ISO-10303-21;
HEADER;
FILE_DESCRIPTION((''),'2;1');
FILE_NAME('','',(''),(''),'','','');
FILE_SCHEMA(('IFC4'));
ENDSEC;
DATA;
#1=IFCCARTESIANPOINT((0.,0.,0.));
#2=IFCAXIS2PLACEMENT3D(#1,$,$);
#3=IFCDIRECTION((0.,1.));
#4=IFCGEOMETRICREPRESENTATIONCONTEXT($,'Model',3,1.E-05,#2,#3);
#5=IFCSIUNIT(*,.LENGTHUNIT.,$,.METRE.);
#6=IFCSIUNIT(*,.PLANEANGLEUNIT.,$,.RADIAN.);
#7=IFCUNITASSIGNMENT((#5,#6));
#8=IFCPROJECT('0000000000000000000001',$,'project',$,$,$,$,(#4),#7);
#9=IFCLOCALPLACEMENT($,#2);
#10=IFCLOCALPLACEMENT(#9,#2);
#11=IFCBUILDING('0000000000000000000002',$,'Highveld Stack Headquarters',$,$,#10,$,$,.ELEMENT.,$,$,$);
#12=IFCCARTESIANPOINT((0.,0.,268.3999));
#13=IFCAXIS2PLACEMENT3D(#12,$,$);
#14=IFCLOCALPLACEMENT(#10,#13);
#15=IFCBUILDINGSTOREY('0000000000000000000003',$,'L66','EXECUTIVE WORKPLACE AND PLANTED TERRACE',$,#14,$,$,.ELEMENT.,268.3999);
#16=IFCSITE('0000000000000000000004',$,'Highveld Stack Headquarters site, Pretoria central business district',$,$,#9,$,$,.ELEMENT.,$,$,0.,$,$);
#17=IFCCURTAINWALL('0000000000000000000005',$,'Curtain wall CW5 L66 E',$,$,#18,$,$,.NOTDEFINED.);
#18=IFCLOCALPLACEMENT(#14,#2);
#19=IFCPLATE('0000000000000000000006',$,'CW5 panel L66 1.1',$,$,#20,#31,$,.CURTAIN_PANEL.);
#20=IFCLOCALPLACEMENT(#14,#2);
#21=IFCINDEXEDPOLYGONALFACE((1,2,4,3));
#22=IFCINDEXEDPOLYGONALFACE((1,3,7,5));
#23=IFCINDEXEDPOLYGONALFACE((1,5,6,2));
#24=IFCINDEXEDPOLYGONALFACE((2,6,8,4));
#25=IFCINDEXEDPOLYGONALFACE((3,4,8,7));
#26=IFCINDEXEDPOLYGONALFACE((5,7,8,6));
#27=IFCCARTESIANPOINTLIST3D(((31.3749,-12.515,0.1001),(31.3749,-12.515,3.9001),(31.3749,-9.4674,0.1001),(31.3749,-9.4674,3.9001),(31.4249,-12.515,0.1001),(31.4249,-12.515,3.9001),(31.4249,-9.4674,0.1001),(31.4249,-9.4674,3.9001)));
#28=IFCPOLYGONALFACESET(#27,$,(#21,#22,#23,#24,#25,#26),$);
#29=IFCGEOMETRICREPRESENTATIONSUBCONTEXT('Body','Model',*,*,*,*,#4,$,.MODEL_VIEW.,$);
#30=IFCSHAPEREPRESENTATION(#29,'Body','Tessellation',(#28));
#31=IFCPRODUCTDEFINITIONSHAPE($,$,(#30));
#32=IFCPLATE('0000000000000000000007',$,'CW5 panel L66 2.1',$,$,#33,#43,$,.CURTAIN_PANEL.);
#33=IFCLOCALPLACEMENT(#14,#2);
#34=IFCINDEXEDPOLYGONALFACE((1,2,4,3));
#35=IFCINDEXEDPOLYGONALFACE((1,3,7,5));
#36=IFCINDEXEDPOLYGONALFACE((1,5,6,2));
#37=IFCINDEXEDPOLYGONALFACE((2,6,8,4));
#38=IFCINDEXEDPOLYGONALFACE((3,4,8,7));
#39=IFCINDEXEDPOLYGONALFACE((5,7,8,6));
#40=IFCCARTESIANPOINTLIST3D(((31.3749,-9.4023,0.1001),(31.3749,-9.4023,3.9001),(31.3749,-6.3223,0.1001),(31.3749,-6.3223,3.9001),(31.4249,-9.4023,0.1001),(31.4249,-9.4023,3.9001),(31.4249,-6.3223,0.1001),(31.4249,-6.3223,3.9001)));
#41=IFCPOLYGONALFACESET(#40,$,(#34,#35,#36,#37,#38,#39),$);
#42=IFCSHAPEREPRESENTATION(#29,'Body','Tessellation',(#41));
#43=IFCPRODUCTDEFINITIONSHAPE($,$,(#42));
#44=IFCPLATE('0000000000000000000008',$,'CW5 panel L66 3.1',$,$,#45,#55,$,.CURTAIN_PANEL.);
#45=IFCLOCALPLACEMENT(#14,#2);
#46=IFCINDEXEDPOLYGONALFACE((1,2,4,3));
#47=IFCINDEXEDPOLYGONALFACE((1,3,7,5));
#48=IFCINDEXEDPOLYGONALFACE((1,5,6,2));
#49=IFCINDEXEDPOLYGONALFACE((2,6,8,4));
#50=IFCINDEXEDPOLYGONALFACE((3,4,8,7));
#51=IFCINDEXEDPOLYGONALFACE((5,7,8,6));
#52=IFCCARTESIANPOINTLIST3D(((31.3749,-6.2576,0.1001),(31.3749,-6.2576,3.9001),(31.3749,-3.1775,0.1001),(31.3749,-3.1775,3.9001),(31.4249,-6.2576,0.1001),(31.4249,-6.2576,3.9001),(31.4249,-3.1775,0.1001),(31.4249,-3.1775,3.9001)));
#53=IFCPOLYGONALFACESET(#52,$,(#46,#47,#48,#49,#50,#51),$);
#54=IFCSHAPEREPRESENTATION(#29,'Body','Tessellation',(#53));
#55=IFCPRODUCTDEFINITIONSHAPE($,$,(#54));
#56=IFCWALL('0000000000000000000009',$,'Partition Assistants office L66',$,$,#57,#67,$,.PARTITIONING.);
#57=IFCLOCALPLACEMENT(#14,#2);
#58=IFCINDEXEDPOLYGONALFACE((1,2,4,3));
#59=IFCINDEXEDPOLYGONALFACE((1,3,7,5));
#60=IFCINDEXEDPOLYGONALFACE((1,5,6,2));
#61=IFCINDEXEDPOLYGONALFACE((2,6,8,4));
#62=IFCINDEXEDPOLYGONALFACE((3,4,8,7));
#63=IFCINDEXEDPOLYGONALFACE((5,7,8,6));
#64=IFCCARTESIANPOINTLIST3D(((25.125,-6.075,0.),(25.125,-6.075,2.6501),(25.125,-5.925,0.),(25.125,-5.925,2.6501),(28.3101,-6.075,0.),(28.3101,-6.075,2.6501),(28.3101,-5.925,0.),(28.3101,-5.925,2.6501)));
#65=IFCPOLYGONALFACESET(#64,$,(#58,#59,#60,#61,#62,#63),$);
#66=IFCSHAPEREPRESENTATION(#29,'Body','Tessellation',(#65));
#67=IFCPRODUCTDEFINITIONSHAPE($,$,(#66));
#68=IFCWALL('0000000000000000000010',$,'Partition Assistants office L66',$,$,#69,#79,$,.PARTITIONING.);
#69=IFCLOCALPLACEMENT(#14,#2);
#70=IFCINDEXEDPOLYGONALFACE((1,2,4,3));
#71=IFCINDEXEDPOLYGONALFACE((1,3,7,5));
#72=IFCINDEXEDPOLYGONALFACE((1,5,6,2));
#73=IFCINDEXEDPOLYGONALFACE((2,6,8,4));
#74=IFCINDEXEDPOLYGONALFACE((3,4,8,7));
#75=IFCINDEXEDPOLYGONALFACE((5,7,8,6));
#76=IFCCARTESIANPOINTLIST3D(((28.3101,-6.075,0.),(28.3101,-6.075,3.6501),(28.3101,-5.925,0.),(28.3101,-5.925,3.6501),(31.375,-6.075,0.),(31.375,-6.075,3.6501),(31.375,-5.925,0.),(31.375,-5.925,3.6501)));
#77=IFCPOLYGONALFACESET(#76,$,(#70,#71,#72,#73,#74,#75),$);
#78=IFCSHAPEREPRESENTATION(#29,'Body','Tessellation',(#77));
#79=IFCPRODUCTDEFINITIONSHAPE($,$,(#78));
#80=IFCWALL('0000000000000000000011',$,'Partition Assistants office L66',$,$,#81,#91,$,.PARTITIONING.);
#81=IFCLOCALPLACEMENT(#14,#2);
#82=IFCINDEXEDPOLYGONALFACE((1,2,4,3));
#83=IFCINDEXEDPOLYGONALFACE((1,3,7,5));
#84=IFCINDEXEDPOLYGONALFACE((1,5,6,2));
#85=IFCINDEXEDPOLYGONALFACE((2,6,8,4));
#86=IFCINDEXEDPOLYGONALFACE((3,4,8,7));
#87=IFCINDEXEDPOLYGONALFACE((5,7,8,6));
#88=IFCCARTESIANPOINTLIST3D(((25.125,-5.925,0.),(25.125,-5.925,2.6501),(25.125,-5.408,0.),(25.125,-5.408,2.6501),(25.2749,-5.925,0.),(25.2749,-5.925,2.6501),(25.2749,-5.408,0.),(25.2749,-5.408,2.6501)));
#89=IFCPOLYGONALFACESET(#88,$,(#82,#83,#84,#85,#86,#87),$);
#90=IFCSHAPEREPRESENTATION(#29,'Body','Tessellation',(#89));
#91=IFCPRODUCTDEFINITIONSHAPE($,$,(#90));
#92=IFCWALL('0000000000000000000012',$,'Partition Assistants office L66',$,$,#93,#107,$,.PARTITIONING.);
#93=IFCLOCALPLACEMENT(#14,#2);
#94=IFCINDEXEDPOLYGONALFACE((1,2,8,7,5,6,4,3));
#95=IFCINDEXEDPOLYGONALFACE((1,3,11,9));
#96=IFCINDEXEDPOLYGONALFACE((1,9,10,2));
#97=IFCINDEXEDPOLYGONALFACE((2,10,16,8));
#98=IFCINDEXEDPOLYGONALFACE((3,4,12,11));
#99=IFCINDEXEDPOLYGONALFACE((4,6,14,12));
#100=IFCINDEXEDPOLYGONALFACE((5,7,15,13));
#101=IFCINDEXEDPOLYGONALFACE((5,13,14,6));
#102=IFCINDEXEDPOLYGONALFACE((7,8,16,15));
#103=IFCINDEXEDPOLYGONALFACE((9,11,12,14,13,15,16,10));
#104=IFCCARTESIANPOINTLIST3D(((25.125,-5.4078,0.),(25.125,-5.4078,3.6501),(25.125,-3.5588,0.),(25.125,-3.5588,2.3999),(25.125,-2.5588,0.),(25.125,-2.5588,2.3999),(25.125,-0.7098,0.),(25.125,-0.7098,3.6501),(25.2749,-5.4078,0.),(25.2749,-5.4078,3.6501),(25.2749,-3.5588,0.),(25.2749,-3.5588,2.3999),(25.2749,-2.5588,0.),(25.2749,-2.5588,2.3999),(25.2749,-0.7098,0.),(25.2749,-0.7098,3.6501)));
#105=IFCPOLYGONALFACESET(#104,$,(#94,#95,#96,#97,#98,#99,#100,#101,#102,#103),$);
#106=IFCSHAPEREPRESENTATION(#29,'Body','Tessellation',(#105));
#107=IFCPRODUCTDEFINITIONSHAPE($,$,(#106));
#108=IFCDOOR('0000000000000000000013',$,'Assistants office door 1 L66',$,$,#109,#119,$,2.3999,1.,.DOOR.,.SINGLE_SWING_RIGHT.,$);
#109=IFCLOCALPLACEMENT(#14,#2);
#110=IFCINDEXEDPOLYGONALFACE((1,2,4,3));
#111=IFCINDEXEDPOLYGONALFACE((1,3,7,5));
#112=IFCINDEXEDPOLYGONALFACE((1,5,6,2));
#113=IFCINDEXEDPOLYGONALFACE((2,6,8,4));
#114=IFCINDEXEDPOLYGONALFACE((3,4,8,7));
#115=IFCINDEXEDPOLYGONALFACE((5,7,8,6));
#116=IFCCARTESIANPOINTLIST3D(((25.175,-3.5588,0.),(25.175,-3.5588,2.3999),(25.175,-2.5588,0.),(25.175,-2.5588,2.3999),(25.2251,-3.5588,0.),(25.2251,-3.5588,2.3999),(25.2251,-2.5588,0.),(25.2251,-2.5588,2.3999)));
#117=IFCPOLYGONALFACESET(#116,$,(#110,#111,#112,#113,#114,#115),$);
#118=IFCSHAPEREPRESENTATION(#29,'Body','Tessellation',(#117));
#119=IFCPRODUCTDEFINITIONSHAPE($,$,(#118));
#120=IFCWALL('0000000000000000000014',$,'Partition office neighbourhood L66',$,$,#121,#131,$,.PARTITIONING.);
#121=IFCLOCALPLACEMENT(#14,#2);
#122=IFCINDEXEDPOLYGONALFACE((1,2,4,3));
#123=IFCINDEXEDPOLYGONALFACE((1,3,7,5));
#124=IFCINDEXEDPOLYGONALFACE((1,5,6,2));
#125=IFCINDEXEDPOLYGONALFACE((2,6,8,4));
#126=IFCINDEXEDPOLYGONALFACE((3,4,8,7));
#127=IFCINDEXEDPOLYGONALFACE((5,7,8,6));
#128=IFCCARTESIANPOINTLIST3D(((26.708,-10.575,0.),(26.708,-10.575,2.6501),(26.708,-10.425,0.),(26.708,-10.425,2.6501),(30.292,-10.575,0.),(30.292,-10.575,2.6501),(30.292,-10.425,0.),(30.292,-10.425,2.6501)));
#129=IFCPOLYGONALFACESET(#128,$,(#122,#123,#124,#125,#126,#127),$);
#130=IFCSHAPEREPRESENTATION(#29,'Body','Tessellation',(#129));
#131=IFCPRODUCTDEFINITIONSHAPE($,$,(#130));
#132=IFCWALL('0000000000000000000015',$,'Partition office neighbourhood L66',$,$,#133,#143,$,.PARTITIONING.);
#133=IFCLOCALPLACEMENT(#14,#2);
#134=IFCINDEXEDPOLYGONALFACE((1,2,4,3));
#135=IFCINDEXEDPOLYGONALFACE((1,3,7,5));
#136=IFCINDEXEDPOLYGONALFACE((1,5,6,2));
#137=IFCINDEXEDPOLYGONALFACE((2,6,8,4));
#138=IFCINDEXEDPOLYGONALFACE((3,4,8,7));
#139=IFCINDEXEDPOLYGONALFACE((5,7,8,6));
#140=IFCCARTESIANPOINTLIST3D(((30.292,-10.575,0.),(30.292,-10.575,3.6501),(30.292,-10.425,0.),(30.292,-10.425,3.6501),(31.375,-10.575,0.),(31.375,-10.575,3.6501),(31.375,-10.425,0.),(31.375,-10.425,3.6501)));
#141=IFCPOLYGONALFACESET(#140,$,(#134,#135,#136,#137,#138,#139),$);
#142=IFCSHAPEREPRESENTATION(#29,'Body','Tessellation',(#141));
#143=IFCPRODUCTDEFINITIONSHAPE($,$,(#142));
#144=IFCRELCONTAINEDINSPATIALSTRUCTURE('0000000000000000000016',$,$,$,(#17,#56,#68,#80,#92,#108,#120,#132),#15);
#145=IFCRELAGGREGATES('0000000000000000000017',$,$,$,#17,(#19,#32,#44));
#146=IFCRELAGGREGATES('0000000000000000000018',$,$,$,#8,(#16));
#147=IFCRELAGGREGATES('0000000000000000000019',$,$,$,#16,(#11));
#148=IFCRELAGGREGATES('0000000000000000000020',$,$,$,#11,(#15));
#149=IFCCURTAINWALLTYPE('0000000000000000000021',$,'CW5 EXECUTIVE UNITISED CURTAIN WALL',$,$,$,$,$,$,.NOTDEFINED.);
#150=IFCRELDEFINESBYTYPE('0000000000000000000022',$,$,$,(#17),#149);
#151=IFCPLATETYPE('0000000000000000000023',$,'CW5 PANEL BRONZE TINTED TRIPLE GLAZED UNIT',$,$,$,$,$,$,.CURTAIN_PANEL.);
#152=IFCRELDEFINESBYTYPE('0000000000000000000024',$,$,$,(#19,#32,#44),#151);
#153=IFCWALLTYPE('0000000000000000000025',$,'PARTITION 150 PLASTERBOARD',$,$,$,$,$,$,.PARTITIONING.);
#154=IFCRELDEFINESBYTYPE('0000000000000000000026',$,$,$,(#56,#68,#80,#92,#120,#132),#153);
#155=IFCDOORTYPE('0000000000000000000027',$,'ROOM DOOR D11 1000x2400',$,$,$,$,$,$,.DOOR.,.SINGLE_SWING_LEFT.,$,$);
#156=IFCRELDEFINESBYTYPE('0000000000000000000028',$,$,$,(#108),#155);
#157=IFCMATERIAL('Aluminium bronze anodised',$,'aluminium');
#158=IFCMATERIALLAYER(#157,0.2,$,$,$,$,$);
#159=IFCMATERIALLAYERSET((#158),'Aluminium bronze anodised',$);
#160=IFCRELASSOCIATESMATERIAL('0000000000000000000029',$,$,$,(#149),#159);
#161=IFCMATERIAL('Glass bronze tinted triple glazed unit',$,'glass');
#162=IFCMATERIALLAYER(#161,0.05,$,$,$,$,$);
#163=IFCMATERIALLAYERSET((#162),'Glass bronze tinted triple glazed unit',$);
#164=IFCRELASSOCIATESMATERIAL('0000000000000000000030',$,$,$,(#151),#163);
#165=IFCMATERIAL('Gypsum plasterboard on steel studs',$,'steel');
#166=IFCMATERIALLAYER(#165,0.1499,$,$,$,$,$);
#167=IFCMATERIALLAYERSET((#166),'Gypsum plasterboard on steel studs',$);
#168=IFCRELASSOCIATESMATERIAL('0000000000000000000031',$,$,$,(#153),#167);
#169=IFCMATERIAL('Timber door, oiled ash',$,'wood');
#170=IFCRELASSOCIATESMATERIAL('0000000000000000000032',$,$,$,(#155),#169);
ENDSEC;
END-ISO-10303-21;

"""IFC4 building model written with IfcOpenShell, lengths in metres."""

from ifc_helpers import new_model, si_unit, direction, frame, frame_2d, origin, origin_2d, place, context, subcontext, project, spatial, rectangle, extrude, material, layer, layer_set, type_object, element, fill, aggregate, save


model = new_model("IFC4")

# Units and contexts
model_context = context("Model", 3, precision=1e-05, world=origin(), true_north=direction((0.0, 1.0)))
body_context = subcontext(model_context, "Body", "Model", "MODEL_VIEW")
ifc_project = project(units=[si_unit("LENGTHUNIT", "METRE"), si_unit("PLANEANGLEUNIT", "RADIAN")], contexts=[model_context])

# Site, building, storey
site_placement = place(None, origin())
site = spatial("IfcSite", under=ifc_project, at=site_placement, Name="Highveld Stack Headquarters site, Pretoria central business district", CompositionType="ELEMENT", RefElevation=0.0)
building_placement = place(site_placement, origin())
building = spatial("IfcBuilding", under=site, at=building_placement, Name="Highveld Stack Headquarters", CompositionType="ELEMENT")
storey_placement = place(building_placement, frame((0.0, 0.0, 268.3999)))
storey = spatial("IfcBuildingStorey", under=building, at=storey_placement, Name="L66", Description="EXECUTIVE WORKPLACE AND PLANTED TERRACE", CompositionType="ELEMENT", Elevation=268.3999)

# Curtain wall
ifc_material_1 = material(Name="Aluminium bronze anodised", Category="aluminium")
ifc_layer_1 = layer(ifc_material_1, 0.2)
ifc_layer_set_1 = layer_set([ifc_layer_1], Name="Aluminium bronze anodised")
curtain_wall_type = type_object("IfcCurtainWallType", Name="CW5 EXECUTIVE UNITISED CURTAIN WALL", PredefinedType="NOTDEFINED", material=ifc_layer_set_1)
curtain_wall_placement = place(storey_placement, origin())
curtain_wall = element("IfcCurtainWall", 1, at=curtain_wall_placement, inside=storey, type_object=curtain_wall_type, Name="Curtain wall CW5 L66 E", PredefinedType="NOTDEFINED")

# Plates
ifc_material_2 = material(Name="Glass bronze tinted triple glazed unit", Category="glass")
ifc_layer_2 = layer(ifc_material_2, 0.05)
ifc_layer_set_2 = layer_set([ifc_layer_2], Name="Glass bronze tinted triple glazed unit")
plate_type = type_object("IfcPlateType", Name="CW5 PANEL BRONZE TINTED TRIPLE GLAZED UNIT", PredefinedType="CURTAIN_PANEL", material=ifc_layer_set_2)
plate_1_placement = place(storey_placement, frame((31.3999, -10.9912, 0.1001), z_axis=(0.0, 0.0, 1.0), x_axis=(0.0, 1.0, 0.0)))
plate_1 = element("IfcPlate", 2, at=plate_1_placement, type_object=plate_type, Name="CW5 panel L66 1.1", PredefinedType="CURTAIN_PANEL", context=body_context, shape_type="SweptSolid", body=[
    extrude(rectangle(XDim=3.0476, YDim=0.05, at=origin_2d()), origin(), (0.0, 0.0, 1.0), 3.8),
])
plate_2_placement = place(storey_placement, frame((31.3999, -7.8623, 0.1001), z_axis=(0.0, 0.0, 1.0), x_axis=(0.0, 1.0, 0.0)))
plate_2 = element("IfcPlate", 3, at=plate_2_placement, type_object=plate_type, Name="CW5 panel L66 2.1", PredefinedType="CURTAIN_PANEL", context=body_context, shape_type="SweptSolid", body=[
    extrude(rectangle(XDim=3.0801, YDim=0.05, at=origin_2d()), origin(), (0.0, 0.0, 1.0), 3.8),
])
plate_3_placement = place(storey_placement, frame((31.3999, -4.7175, 0.1001), z_axis=(0.0, 0.0, 1.0), x_axis=(0.0, 1.0, 0.0)))
plate_3 = element("IfcPlate", 4, at=plate_3_placement, type_object=plate_type, Name="CW5 panel L66 3.1", PredefinedType="CURTAIN_PANEL", context=body_context, shape_type="SweptSolid", body=[
    extrude(rectangle(XDim=3.0801, YDim=0.05, at=origin_2d()), origin(), (0.0, 0.0, 1.0), 3.8),
])
aggregate(curtain_wall, [plate_1, plate_2, plate_3])

# Walls
ifc_material_3 = material(Name="Gypsum plasterboard on steel studs", Category="steel")
ifc_layer_3 = layer(ifc_material_3, 0.1499)
ifc_layer_set_3 = layer_set([ifc_layer_3], Name="Gypsum plasterboard on steel studs")
wall_type = type_object("IfcWallType", Name="PARTITION 150 PLASTERBOARD", PredefinedType="PARTITIONING", material=ifc_layer_set_3)
wall_1_placement = place(storey_placement, frame((25.125, -6.0, 0.0), z_axis=(0.0, 0.0, 1.0), x_axis=(1.0, 0.0, 0.0)))
element("IfcWall", 5, at=wall_1_placement, inside=storey, type_object=wall_type, Name="Partition Assistants office L66", PredefinedType="PARTITIONING", context=body_context, shape_type="SweptSolid", body=[
    extrude(rectangle(XDim=3.1851, YDim=0.1499, at=frame_2d((1.5925, 0.0))), origin(), (0.0, 0.0, 1.0), 2.6501),
])
wall_2_placement = place(storey_placement, frame((28.3101, -6.0, 0.0), z_axis=(0.0, 0.0, 1.0), x_axis=(1.0, 0.0, 0.0)))
element("IfcWall", 6, at=wall_2_placement, inside=storey, type_object=wall_type, Name="Partition Assistants office L66", PredefinedType="PARTITIONING", context=body_context, shape_type="SweptSolid", body=[
    extrude(rectangle(XDim=3.0649, YDim=0.1499, at=frame_2d((1.5325, 0.0))), origin(), (0.0, 0.0, 1.0), 3.6501),
])
wall_3_placement = place(storey_placement, frame((25.2, -5.925, 0.0), z_axis=(0.0, 0.0, 1.0), x_axis=(0.0, 1.0, 0.0)))
element("IfcWall", 7, at=wall_3_placement, inside=storey, type_object=wall_type, Name="Partition Assistants office L66", PredefinedType="PARTITIONING", context=body_context, shape_type="SweptSolid", body=[
    extrude(rectangle(XDim=0.5171, YDim=0.1499, at=frame_2d((0.2585, 0.0))), origin(), (0.0, 0.0, 1.0), 2.6501),
])

# Wall, opening, door
wall_4_placement = place(storey_placement, frame((25.2, -5.408, 0.0), z_axis=(0.0, 0.0, 1.0), x_axis=(0.0, 1.0, 0.0)))
wall_4 = element("IfcWall", 8, at=wall_4_placement, inside=storey, type_object=wall_type, Name="Partition Assistants office L66", PredefinedType="PARTITIONING", context=body_context, shape_type="SweptSolid", body=[
    extrude(rectangle(XDim=4.698, YDim=0.1499, at=frame_2d((2.3491, 0.0))), origin(), (0.0, 0.0, 1.0), 3.6501),
])
opening_placement = place(wall_4_placement, frame((1.8491, 0.0, 0.0)))
opening = element("IfcOpeningElement", 9, at=opening_placement, cuts=wall_4, PredefinedType="OPENING", context=body_context, shape_type="SweptSolid", body=[
    extrude(rectangle(XDim=1.0, YDim=2.3999, at=frame_2d((0.5, 1.2))), frame((0.0, 0.085, 0.0), z_axis=(0.0, -1.0, 0.0), x_axis=(1.0, 0.0, 0.0)), (0.0, 0.0, 1.0), 0.1699),
])
ifc_material_4 = material(Name="Timber door, oiled ash", Category="wood")
door_type = type_object("IfcDoorType", Name="ROOM DOOR D11 1000x2400", OperationType="SINGLE_SWING_LEFT", PredefinedType="DOOR", material=ifc_material_4)
door_placement = place(opening_placement, origin())
door = element("IfcDoor", 10, at=door_placement, inside=storey, type_object=door_type, Name="Assistants office door 1 L66", OperationType="SINGLE_SWING_RIGHT", OverallHeight=2.3999, OverallWidth=1.0, PredefinedType="DOOR", context=body_context, shape_type="SweptSolid", body=[
    extrude(rectangle(XDim=1.0, YDim=2.3999, at=frame_2d((0.5, 1.2))), frame((0.0, 0.0249, 0.0), z_axis=(0.0, -1.0, 0.0), x_axis=(1.0, 0.0, 0.0)), (0.0, 0.0, 1.0), 0.05),
])
fill(opening, door)

# Walls
wall_5_placement = place(storey_placement, frame((26.708, -10.5, 0.0), z_axis=(0.0, 0.0, 1.0), x_axis=(1.0, 0.0, 0.0)))
element("IfcWall", 11, at=wall_5_placement, inside=storey, type_object=wall_type, Name="Partition office neighbourhood L66", PredefinedType="PARTITIONING", context=body_context, shape_type="SweptSolid", body=[
    extrude(rectangle(XDim=3.584, YDim=0.1499, at=frame_2d((1.792, 0.0))), origin(), (0.0, 0.0, 1.0), 2.6501),
])
wall_6_placement = place(storey_placement, frame((30.292, -10.5, 0.0), z_axis=(0.0, 0.0, 1.0), x_axis=(1.0, 0.0, 0.0)))
element("IfcWall", 12, at=wall_6_placement, inside=storey, type_object=wall_type, Name="Partition office neighbourhood L66", PredefinedType="PARTITIONING", context=body_context, shape_type="SweptSolid", body=[
    extrude(rectangle(XDim=1.083, YDim=0.1499, at=frame_2d((0.5415, 0.0))), origin(), (0.0, 0.0, 1.0), 3.6501),
])

save(model, "model.ifc")
